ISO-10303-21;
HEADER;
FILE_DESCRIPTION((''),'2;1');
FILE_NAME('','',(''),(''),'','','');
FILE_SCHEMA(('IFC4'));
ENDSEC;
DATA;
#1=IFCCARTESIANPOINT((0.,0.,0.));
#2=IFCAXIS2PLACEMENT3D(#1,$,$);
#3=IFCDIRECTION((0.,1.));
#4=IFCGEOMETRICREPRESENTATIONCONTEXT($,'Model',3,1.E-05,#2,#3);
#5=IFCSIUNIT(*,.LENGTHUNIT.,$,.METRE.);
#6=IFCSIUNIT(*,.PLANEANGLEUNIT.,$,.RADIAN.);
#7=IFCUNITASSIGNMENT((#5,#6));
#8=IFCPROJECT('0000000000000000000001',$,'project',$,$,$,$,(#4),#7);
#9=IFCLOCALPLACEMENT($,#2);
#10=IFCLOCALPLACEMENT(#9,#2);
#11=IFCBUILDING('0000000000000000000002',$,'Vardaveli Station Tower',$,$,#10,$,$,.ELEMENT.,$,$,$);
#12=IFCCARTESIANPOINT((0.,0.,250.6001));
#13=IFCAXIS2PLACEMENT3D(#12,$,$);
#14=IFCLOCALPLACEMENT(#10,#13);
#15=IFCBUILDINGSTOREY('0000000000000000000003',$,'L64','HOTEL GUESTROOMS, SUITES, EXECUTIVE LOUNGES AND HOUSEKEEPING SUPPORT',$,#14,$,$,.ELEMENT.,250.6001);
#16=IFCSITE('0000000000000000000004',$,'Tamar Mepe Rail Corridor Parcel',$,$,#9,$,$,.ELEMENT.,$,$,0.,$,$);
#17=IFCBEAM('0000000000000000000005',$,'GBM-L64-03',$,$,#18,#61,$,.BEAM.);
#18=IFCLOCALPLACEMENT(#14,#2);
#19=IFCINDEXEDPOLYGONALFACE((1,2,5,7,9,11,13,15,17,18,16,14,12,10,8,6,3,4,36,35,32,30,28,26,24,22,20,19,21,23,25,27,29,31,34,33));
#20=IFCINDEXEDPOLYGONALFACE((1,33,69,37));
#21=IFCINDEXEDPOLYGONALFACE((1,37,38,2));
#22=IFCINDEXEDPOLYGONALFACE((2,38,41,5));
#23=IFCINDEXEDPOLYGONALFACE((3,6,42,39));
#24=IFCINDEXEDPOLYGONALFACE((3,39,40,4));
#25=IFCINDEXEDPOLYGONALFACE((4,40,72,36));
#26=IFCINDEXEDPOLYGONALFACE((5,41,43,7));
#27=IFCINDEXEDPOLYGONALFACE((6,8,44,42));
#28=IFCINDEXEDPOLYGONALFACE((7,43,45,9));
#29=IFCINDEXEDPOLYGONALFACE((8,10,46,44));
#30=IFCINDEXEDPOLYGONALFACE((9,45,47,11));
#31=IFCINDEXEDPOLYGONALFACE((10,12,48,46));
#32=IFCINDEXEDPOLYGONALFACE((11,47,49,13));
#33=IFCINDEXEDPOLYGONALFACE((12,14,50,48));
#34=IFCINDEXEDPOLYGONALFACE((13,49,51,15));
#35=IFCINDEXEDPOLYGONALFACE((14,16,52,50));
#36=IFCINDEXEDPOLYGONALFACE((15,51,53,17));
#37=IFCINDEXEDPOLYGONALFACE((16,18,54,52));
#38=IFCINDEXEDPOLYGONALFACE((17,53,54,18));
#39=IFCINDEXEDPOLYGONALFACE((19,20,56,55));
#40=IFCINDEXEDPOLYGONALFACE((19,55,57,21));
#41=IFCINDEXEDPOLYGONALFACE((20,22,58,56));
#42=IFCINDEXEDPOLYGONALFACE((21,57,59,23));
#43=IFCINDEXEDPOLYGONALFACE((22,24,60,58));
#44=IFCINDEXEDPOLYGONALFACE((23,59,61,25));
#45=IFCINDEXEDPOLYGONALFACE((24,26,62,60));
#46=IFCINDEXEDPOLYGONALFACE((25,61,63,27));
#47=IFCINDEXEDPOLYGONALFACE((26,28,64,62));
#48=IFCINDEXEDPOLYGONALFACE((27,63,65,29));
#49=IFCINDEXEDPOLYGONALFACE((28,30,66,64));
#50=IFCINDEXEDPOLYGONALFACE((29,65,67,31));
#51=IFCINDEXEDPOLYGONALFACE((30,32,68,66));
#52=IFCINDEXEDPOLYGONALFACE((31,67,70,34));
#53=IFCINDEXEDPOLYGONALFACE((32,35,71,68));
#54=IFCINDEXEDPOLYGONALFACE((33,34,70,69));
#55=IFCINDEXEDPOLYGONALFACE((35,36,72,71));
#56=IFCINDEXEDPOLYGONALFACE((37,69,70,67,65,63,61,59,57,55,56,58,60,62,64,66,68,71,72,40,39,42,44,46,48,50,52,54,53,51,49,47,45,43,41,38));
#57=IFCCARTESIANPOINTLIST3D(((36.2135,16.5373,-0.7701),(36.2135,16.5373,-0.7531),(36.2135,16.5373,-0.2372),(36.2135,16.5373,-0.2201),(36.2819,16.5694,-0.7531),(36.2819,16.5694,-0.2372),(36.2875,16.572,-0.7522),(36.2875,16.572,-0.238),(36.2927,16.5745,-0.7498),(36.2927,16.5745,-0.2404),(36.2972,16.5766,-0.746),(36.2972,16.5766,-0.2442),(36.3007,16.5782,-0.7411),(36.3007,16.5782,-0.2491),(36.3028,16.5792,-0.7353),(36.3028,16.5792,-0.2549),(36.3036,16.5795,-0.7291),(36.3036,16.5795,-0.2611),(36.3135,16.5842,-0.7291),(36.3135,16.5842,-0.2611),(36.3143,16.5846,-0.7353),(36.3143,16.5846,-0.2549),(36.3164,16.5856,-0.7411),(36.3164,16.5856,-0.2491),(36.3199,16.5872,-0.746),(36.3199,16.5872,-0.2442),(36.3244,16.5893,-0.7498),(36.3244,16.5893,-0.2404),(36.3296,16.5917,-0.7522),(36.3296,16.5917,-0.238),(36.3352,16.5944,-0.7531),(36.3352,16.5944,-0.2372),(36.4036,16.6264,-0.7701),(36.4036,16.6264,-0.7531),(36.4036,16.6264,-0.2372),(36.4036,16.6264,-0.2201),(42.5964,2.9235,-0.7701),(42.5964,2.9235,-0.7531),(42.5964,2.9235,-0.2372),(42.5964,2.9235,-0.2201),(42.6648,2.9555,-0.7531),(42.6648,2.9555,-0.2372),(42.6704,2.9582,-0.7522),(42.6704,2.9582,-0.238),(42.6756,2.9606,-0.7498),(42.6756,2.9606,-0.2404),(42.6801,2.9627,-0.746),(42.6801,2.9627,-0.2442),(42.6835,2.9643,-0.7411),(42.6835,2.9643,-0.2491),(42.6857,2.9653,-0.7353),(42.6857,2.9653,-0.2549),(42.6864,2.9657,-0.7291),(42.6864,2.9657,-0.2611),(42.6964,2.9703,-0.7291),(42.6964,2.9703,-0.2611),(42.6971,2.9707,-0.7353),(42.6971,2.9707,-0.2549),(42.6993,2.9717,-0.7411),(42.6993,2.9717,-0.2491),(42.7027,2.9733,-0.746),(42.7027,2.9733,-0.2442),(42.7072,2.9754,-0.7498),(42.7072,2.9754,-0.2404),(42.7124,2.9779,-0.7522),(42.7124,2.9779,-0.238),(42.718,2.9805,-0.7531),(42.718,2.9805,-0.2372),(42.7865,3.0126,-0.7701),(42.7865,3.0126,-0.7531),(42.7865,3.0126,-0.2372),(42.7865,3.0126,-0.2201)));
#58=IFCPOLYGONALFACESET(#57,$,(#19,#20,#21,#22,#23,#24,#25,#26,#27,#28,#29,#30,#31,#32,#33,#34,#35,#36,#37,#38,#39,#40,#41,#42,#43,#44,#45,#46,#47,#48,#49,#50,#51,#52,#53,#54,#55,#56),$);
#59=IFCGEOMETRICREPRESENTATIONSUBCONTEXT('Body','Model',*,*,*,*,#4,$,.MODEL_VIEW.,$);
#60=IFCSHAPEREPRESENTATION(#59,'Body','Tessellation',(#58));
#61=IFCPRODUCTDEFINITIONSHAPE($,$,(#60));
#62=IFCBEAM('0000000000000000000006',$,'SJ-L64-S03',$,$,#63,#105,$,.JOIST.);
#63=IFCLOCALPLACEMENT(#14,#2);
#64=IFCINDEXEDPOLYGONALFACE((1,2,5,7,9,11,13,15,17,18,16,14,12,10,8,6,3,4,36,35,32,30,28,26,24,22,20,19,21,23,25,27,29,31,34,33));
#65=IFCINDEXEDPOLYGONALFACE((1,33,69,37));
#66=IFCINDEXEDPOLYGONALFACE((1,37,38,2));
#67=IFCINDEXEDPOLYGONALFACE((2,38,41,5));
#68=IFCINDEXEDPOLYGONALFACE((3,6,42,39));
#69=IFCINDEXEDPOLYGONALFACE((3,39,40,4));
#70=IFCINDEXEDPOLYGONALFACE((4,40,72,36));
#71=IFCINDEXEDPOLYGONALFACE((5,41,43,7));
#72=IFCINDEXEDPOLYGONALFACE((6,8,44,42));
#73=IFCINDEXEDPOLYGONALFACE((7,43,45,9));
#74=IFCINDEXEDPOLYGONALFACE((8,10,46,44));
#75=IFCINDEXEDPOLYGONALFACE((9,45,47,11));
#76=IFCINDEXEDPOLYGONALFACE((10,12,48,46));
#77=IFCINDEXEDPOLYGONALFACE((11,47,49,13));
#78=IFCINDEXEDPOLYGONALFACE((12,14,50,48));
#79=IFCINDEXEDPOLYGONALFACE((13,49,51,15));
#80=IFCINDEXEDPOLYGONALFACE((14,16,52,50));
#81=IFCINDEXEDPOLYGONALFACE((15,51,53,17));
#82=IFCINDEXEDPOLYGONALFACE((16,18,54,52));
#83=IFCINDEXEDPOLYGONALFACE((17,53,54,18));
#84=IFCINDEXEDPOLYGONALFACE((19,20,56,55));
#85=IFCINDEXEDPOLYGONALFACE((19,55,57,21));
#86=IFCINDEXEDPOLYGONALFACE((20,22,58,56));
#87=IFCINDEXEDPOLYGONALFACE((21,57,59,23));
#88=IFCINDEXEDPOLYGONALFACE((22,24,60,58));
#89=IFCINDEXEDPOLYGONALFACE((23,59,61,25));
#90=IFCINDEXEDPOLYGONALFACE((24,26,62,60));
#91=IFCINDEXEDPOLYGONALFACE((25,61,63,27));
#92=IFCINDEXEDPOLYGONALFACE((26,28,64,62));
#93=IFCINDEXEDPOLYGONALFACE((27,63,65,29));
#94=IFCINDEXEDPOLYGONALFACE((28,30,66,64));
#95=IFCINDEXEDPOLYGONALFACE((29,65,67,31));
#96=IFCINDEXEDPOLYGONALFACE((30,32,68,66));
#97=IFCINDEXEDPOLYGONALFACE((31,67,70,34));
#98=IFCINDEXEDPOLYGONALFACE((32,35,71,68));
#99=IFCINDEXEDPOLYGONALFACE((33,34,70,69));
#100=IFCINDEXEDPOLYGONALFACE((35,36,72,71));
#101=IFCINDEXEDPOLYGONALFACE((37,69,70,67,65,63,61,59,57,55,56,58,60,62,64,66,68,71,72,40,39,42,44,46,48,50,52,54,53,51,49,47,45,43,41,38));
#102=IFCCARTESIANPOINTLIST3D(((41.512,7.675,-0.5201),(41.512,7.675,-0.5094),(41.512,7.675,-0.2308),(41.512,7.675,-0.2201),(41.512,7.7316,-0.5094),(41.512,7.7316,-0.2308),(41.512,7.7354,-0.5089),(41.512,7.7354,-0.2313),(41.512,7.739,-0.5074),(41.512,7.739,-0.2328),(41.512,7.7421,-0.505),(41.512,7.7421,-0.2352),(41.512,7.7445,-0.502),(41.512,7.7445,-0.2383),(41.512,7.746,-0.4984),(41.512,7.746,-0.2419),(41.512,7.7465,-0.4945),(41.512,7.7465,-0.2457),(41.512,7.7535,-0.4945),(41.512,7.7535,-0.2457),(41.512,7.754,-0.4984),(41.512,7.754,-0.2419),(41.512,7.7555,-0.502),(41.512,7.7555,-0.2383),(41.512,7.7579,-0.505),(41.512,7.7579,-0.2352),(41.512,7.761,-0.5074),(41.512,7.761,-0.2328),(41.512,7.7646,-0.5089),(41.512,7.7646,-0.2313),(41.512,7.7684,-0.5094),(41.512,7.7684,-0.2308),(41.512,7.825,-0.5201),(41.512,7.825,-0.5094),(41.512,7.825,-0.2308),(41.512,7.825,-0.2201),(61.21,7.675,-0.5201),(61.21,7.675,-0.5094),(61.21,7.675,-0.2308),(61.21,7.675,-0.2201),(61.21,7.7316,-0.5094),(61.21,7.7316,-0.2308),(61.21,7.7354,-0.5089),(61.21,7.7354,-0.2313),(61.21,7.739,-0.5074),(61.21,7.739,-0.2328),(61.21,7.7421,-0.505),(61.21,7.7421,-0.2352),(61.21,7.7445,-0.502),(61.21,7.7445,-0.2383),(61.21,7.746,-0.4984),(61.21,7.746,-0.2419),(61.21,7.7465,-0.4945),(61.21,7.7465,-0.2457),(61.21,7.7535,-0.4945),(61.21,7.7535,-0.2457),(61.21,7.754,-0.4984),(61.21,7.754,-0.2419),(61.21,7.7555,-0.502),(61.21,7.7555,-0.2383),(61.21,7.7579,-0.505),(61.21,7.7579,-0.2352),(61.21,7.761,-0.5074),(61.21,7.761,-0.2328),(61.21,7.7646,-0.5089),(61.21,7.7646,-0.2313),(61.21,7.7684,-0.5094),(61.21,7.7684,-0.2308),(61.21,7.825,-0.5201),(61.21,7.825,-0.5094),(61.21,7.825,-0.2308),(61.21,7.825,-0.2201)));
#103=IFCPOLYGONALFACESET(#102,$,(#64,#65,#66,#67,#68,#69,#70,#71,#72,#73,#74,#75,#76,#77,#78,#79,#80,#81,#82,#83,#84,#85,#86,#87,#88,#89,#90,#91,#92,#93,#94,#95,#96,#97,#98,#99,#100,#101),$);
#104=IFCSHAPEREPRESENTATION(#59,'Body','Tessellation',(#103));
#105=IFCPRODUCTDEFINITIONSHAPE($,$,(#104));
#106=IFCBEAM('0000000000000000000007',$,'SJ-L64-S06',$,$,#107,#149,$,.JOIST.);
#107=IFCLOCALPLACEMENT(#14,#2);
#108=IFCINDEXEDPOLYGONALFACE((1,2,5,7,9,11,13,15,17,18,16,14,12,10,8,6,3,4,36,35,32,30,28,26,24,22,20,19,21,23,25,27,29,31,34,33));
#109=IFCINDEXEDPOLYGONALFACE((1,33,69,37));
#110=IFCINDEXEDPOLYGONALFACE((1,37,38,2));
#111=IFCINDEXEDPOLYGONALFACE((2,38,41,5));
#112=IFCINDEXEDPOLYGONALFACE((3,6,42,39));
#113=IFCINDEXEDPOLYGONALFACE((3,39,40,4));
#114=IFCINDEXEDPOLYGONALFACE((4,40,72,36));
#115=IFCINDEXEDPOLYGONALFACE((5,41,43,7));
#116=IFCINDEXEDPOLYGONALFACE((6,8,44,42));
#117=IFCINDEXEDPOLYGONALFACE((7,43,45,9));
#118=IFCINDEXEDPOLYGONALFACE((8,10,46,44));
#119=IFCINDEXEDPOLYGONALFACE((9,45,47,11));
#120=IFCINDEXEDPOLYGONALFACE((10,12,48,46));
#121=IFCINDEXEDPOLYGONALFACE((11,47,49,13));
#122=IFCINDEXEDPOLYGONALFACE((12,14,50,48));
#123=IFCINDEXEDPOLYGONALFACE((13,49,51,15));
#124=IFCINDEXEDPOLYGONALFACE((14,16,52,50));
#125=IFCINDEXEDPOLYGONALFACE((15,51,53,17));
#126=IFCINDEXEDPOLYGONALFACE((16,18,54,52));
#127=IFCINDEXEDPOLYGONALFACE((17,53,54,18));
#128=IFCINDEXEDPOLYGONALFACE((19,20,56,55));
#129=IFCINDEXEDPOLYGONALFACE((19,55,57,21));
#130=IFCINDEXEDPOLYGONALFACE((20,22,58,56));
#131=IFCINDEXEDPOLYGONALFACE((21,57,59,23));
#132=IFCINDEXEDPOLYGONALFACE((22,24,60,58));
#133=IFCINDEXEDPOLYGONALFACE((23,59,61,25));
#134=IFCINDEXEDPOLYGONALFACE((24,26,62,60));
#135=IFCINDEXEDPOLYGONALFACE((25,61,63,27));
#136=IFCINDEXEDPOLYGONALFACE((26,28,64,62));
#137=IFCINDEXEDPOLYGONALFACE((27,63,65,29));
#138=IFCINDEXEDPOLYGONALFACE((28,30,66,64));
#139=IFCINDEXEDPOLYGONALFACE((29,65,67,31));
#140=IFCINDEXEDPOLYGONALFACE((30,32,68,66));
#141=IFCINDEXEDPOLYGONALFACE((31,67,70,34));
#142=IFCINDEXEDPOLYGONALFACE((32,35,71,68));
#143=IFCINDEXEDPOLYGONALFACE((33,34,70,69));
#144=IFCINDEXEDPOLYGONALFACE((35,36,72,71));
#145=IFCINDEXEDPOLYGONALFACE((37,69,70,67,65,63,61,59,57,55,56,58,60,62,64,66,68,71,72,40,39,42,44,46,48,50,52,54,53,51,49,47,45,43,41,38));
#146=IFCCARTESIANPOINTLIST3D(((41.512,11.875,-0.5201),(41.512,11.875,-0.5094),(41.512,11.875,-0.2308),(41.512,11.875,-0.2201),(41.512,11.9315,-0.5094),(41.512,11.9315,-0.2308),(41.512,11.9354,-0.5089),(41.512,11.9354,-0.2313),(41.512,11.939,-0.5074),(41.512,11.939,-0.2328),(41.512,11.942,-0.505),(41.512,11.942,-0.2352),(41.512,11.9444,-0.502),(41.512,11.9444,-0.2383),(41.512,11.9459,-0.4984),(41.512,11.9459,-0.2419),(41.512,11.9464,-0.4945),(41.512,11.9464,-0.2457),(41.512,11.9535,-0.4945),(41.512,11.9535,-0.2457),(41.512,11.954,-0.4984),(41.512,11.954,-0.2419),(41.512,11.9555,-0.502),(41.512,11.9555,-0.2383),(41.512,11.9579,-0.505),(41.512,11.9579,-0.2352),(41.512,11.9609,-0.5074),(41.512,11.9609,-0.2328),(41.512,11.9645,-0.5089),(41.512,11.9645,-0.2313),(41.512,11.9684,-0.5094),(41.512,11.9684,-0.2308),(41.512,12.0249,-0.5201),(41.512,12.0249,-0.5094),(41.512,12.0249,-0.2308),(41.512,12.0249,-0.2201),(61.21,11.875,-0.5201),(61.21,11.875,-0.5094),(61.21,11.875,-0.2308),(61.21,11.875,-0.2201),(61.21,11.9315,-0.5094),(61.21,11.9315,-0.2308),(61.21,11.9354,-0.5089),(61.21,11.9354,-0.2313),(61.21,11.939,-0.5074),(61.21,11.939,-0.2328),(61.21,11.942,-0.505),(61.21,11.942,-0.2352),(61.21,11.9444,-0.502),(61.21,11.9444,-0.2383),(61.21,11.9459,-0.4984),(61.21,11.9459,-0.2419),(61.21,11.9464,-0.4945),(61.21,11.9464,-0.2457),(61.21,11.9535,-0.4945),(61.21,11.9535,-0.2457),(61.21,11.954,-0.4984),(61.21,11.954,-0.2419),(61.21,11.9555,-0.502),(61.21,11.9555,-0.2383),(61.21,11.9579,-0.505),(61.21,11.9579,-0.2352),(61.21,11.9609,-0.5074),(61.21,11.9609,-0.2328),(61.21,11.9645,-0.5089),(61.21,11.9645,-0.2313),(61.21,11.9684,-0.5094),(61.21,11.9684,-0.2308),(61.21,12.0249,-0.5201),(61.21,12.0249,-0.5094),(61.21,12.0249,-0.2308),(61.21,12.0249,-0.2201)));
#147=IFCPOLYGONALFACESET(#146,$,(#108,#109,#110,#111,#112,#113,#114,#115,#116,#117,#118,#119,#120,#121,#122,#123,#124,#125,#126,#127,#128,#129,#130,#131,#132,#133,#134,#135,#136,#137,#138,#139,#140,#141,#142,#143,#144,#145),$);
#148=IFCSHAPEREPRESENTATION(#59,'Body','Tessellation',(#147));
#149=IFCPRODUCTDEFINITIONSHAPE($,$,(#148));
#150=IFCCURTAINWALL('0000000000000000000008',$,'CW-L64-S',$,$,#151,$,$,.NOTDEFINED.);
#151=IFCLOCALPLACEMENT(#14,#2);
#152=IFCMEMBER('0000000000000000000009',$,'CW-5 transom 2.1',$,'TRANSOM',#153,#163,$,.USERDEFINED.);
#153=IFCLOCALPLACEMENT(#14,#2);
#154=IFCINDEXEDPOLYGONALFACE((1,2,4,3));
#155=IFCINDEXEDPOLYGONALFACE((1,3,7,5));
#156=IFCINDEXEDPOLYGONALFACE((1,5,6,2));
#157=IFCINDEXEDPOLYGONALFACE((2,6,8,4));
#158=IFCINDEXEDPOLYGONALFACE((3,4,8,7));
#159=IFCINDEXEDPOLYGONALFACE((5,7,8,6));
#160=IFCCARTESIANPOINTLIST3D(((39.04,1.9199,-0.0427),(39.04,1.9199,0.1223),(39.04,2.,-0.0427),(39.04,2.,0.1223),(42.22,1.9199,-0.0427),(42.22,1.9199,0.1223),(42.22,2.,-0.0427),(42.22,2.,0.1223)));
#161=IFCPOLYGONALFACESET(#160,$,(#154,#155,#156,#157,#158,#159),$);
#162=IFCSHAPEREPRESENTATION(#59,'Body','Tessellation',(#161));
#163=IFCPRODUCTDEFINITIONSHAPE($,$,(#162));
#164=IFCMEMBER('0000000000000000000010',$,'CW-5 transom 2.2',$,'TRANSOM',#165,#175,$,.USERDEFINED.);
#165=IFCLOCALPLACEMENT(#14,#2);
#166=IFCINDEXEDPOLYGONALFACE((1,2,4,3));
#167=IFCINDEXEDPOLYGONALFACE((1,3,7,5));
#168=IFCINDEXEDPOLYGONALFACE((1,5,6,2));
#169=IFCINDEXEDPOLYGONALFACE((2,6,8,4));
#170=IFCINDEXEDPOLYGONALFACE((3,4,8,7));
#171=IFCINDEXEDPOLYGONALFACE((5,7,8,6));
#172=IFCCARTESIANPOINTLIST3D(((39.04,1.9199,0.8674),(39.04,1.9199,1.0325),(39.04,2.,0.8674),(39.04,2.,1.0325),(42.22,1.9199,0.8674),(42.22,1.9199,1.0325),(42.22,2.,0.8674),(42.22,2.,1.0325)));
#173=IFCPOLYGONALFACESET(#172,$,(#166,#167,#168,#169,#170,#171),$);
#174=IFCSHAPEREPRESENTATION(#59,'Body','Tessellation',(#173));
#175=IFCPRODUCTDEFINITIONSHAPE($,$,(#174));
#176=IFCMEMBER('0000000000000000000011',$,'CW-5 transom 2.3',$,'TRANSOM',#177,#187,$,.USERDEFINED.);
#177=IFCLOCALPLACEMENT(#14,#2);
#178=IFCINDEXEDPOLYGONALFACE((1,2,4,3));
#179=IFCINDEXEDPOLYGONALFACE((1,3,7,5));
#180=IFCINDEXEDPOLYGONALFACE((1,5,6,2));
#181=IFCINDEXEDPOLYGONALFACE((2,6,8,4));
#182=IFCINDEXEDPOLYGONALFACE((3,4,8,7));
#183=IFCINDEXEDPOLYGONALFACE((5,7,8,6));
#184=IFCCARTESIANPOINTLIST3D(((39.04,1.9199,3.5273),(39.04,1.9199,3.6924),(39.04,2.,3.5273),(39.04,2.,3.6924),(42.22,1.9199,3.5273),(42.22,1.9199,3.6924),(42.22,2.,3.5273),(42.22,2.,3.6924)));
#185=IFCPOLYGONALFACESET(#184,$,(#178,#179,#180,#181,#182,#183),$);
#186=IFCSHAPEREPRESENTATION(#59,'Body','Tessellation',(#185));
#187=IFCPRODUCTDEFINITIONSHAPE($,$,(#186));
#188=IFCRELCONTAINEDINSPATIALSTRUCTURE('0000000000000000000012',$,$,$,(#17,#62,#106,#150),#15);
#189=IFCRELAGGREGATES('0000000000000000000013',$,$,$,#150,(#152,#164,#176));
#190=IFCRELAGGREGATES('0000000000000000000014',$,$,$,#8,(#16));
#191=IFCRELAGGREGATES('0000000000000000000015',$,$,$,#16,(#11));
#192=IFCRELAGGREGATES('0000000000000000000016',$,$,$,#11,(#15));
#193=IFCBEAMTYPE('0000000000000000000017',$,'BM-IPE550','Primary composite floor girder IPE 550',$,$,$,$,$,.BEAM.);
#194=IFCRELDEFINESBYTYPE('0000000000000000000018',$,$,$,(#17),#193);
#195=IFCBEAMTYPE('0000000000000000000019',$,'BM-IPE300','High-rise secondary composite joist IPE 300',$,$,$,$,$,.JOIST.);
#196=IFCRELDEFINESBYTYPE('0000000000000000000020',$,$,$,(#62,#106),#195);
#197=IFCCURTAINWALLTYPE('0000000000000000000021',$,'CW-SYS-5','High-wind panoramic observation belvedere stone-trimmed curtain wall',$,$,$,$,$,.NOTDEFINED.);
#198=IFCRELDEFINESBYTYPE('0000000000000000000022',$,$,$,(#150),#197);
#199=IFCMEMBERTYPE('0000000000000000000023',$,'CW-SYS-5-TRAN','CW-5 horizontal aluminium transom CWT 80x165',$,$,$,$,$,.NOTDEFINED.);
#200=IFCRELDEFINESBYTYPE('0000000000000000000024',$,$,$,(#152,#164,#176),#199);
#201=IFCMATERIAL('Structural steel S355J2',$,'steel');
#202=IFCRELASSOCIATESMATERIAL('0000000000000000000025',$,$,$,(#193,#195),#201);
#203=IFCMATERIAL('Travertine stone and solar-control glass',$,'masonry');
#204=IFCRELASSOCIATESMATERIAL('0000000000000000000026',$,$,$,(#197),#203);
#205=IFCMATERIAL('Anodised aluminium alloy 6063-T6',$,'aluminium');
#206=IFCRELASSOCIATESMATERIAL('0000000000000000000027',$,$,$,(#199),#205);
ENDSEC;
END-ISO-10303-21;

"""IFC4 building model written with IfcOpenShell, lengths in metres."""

from ifc_helpers import new_model, si_unit, direction, frame, origin, origin_2d, place, context, subcontext, project, spatial, rectangle, i_section, extrude, source, transform, mapped, material, material_profile, profile_set, type_object, element, aggregate, save


model = new_model("IFC4")

# Units and contexts
model_context = context("Model", 3, precision=1e-05, world=origin(), true_north=direction((0.0, 1.0)))
body_context = subcontext(model_context, "Body", "Model", "MODEL_VIEW")
ifc_project = project(units=[si_unit("LENGTHUNIT", "METRE"), si_unit("PLANEANGLEUNIT", "RADIAN")], contexts=[model_context])

# Site, building, storey
site_placement = place(None, origin())
site = spatial("IfcSite", under=ifc_project, at=site_placement, Name="Tamar Mepe Rail Corridor Parcel", CompositionType="ELEMENT", RefElevation=0.0)
building_placement = place(site_placement, origin())
building = spatial("IfcBuilding", under=site, at=building_placement, Name="Vardaveli Station Tower", CompositionType="ELEMENT")
storey_placement = place(building_placement, frame((0.0, 0.0, 250.6001)))
storey = spatial("IfcBuildingStorey", under=building, at=storey_placement, Name="L64", Description="HOTEL GUESTROOMS, SUITES, EXECUTIVE LOUNGES AND HOUSEKEEPING SUPPORT", CompositionType="ELEMENT", Elevation=250.6001)

# Beams
ifc_material_1 = material(Name="Structural steel S355J2", Category="steel")
ifc_material_profile_1 = material_profile(ifc_material_1, i_section(OverallWidth=0.21, OverallDepth=0.55, WebThickness=0.011, FlangeThickness=0.0171, FilletRadius=0.0239, at=origin_2d()), Name="IPE 550")
ifc_profile_set_1 = profile_set([ifc_material_profile_1], Name="Structural steel S355J2")
beam_type_1 = type_object("IfcBeamType", Name="BM-IPE550", Description="Primary composite floor girder IPE 550", PredefinedType="BEAM", material=ifc_profile_set_1)
shared_shape_1 = source(origin(), body_context, "Body", "SweptSolid", [
    extrude(i_section(OverallWidth=0.21, OverallDepth=0.55, WebThickness=0.011, FlangeThickness=0.0171, FilletRadius=0.0239, at=origin_2d()), origin(), (0.0, 0.0, 1.0), 15.0359),
])
beam_1_placement = place(storey_placement, frame((42.6914, 2.968, -0.4951), z_axis=(-0.424508, 0.905424, 0.0), x_axis=(-0.905424, -0.424508, 0.0)))
element("IfcBeam", 1, at=beam_1_placement, inside=storey, type_object=beam_type_1, Name="GBM-L64-03", PredefinedType="BEAM", context=body_context, shape_type="MappedRepresentation", body=[
    mapped(shared_shape_1, transform((0.0, 0.0, 0.0), scale=1.0)),
])
ifc_material_profile_2 = material_profile(ifc_material_1, i_section(OverallWidth=0.1499, OverallDepth=0.3, WebThickness=0.0071, FlangeThickness=0.0107, FilletRadius=0.0149, at=origin_2d()), Name="IPE 300")
ifc_profile_set_2 = profile_set([ifc_material_profile_2], Name="Structural steel S355J2")
beam_type_2 = type_object("IfcBeamType", Name="BM-IPE300", Description="High-rise secondary composite joist IPE 300", PredefinedType="JOIST", material=ifc_profile_set_2)
shared_shape_2 = source(origin(), body_context, "Body", "SweptSolid", [
    extrude(i_section(OverallWidth=0.1499, OverallDepth=0.3, WebThickness=0.0071, FlangeThickness=0.0107, FilletRadius=0.0149, at=origin_2d()), origin(), (0.0, 0.0, 1.0), 19.698),
])
for number, where, z_axis, x_axis, name in (
    (2, (41.512, 7.75, -0.3701), (1.0, 0.0, 0.0), (0.0, 1.0, 0.0), "SJ-L64-S03"),
    (3, (41.512, 11.95, -0.3701), (1.0, 0.0, 0.0), (0.0, 1.0, 0.0), "SJ-L64-S06"),
):
    element("IfcBeam", number, at=place(storey_placement, frame(where, z_axis=z_axis, x_axis=x_axis)), inside=storey, type_object=beam_type_2, Name=name, PredefinedType="JOIST", context=body_context, shape_type="MappedRepresentation", body=[
        mapped(shared_shape_2, transform((0.0, 0.0, 0.0), scale=1.0)),
    ])

# Curtain wall, members
ifc_material_2 = material(Name="Travertine stone and solar-control glass", Category="masonry")
curtain_wall_type = type_object("IfcCurtainWallType", Name="CW-SYS-5", Description="High-wind panoramic observation belvedere stone-trimmed curtain wall", PredefinedType="NOTDEFINED", material=ifc_material_2)
curtain_wall_placement = place(storey_placement, origin())
curtain_wall = element("IfcCurtainWall", 4, at=curtain_wall_placement, inside=storey, type_object=curtain_wall_type, Name="CW-L64-S", PredefinedType="NOTDEFINED")
ifc_material_3 = material(Name="Anodised aluminium alloy 6063-T6", Category="aluminium")
ifc_material_profile_3 = material_profile(ifc_material_3, rectangle(XDim=0.0801, YDim=0.165, at=origin_2d()), Name="CWT 80x165")
ifc_profile_set_3 = profile_set([ifc_material_profile_3], Name="Anodised aluminium alloy 6063-T6")
member_type_1 = type_object("IfcMemberType", Name="CW-SYS-5-TRAN", Description="CW-5 horizontal aluminium transom CWT 80x165", PredefinedType="NOTDEFINED", material=ifc_profile_set_3)
shared_shape_3 = source(origin(), body_context, "Body", "SweptSolid", [
    extrude(rectangle(XDim=0.0801, YDim=0.165, at=origin_2d()), origin(), (0.0, 0.0, 1.0), 3.1799),
])
member_1_placement = place(storey_placement, frame((39.04, 1.96, 0.0398), z_axis=(1.0, 0.0, 0.0), x_axis=(0.0, 1.0, 0.0)))
member_1 = element("IfcMember", 5, at=member_1_placement, type_object=member_type_1, Name="CW-5 transom 2.1", ObjectType="TRANSOM", PredefinedType="USERDEFINED", context=body_context, shape_type="MappedRepresentation", body=[
    mapped(shared_shape_3, transform((0.0, 0.0, 0.0), scale=1.0)),
])
member_2_placement = place(storey_placement, frame((39.04, 1.96, 0.95), z_axis=(1.0, 0.0, 0.0), x_axis=(0.0, 1.0, 0.0)))
member_2 = element("IfcMember", 6, at=member_2_placement, type_object=member_type_1, Name="CW-5 transom 2.2", ObjectType="TRANSOM", PredefinedType="USERDEFINED", context=body_context, shape_type="MappedRepresentation", body=[
    mapped(shared_shape_3, transform((0.0, 0.0, 0.0), scale=1.0)),
])
member_3_placement = place(storey_placement, frame((39.04, 1.96, 3.6099), z_axis=(1.0, 0.0, 0.0), x_axis=(0.0, 1.0, 0.0)))
member_3 = element("IfcMember", 7, at=member_3_placement, type_object=member_type_1, Name="CW-5 transom 2.3", ObjectType="TRANSOM", PredefinedType="USERDEFINED", context=body_context, shape_type="MappedRepresentation", body=[
    mapped(shared_shape_3, transform((0.0, 0.0, 0.0), scale=1.0)),
])
aggregate(curtain_wall, [member_1, member_2, member_3])

save(model, "model.ifc")
